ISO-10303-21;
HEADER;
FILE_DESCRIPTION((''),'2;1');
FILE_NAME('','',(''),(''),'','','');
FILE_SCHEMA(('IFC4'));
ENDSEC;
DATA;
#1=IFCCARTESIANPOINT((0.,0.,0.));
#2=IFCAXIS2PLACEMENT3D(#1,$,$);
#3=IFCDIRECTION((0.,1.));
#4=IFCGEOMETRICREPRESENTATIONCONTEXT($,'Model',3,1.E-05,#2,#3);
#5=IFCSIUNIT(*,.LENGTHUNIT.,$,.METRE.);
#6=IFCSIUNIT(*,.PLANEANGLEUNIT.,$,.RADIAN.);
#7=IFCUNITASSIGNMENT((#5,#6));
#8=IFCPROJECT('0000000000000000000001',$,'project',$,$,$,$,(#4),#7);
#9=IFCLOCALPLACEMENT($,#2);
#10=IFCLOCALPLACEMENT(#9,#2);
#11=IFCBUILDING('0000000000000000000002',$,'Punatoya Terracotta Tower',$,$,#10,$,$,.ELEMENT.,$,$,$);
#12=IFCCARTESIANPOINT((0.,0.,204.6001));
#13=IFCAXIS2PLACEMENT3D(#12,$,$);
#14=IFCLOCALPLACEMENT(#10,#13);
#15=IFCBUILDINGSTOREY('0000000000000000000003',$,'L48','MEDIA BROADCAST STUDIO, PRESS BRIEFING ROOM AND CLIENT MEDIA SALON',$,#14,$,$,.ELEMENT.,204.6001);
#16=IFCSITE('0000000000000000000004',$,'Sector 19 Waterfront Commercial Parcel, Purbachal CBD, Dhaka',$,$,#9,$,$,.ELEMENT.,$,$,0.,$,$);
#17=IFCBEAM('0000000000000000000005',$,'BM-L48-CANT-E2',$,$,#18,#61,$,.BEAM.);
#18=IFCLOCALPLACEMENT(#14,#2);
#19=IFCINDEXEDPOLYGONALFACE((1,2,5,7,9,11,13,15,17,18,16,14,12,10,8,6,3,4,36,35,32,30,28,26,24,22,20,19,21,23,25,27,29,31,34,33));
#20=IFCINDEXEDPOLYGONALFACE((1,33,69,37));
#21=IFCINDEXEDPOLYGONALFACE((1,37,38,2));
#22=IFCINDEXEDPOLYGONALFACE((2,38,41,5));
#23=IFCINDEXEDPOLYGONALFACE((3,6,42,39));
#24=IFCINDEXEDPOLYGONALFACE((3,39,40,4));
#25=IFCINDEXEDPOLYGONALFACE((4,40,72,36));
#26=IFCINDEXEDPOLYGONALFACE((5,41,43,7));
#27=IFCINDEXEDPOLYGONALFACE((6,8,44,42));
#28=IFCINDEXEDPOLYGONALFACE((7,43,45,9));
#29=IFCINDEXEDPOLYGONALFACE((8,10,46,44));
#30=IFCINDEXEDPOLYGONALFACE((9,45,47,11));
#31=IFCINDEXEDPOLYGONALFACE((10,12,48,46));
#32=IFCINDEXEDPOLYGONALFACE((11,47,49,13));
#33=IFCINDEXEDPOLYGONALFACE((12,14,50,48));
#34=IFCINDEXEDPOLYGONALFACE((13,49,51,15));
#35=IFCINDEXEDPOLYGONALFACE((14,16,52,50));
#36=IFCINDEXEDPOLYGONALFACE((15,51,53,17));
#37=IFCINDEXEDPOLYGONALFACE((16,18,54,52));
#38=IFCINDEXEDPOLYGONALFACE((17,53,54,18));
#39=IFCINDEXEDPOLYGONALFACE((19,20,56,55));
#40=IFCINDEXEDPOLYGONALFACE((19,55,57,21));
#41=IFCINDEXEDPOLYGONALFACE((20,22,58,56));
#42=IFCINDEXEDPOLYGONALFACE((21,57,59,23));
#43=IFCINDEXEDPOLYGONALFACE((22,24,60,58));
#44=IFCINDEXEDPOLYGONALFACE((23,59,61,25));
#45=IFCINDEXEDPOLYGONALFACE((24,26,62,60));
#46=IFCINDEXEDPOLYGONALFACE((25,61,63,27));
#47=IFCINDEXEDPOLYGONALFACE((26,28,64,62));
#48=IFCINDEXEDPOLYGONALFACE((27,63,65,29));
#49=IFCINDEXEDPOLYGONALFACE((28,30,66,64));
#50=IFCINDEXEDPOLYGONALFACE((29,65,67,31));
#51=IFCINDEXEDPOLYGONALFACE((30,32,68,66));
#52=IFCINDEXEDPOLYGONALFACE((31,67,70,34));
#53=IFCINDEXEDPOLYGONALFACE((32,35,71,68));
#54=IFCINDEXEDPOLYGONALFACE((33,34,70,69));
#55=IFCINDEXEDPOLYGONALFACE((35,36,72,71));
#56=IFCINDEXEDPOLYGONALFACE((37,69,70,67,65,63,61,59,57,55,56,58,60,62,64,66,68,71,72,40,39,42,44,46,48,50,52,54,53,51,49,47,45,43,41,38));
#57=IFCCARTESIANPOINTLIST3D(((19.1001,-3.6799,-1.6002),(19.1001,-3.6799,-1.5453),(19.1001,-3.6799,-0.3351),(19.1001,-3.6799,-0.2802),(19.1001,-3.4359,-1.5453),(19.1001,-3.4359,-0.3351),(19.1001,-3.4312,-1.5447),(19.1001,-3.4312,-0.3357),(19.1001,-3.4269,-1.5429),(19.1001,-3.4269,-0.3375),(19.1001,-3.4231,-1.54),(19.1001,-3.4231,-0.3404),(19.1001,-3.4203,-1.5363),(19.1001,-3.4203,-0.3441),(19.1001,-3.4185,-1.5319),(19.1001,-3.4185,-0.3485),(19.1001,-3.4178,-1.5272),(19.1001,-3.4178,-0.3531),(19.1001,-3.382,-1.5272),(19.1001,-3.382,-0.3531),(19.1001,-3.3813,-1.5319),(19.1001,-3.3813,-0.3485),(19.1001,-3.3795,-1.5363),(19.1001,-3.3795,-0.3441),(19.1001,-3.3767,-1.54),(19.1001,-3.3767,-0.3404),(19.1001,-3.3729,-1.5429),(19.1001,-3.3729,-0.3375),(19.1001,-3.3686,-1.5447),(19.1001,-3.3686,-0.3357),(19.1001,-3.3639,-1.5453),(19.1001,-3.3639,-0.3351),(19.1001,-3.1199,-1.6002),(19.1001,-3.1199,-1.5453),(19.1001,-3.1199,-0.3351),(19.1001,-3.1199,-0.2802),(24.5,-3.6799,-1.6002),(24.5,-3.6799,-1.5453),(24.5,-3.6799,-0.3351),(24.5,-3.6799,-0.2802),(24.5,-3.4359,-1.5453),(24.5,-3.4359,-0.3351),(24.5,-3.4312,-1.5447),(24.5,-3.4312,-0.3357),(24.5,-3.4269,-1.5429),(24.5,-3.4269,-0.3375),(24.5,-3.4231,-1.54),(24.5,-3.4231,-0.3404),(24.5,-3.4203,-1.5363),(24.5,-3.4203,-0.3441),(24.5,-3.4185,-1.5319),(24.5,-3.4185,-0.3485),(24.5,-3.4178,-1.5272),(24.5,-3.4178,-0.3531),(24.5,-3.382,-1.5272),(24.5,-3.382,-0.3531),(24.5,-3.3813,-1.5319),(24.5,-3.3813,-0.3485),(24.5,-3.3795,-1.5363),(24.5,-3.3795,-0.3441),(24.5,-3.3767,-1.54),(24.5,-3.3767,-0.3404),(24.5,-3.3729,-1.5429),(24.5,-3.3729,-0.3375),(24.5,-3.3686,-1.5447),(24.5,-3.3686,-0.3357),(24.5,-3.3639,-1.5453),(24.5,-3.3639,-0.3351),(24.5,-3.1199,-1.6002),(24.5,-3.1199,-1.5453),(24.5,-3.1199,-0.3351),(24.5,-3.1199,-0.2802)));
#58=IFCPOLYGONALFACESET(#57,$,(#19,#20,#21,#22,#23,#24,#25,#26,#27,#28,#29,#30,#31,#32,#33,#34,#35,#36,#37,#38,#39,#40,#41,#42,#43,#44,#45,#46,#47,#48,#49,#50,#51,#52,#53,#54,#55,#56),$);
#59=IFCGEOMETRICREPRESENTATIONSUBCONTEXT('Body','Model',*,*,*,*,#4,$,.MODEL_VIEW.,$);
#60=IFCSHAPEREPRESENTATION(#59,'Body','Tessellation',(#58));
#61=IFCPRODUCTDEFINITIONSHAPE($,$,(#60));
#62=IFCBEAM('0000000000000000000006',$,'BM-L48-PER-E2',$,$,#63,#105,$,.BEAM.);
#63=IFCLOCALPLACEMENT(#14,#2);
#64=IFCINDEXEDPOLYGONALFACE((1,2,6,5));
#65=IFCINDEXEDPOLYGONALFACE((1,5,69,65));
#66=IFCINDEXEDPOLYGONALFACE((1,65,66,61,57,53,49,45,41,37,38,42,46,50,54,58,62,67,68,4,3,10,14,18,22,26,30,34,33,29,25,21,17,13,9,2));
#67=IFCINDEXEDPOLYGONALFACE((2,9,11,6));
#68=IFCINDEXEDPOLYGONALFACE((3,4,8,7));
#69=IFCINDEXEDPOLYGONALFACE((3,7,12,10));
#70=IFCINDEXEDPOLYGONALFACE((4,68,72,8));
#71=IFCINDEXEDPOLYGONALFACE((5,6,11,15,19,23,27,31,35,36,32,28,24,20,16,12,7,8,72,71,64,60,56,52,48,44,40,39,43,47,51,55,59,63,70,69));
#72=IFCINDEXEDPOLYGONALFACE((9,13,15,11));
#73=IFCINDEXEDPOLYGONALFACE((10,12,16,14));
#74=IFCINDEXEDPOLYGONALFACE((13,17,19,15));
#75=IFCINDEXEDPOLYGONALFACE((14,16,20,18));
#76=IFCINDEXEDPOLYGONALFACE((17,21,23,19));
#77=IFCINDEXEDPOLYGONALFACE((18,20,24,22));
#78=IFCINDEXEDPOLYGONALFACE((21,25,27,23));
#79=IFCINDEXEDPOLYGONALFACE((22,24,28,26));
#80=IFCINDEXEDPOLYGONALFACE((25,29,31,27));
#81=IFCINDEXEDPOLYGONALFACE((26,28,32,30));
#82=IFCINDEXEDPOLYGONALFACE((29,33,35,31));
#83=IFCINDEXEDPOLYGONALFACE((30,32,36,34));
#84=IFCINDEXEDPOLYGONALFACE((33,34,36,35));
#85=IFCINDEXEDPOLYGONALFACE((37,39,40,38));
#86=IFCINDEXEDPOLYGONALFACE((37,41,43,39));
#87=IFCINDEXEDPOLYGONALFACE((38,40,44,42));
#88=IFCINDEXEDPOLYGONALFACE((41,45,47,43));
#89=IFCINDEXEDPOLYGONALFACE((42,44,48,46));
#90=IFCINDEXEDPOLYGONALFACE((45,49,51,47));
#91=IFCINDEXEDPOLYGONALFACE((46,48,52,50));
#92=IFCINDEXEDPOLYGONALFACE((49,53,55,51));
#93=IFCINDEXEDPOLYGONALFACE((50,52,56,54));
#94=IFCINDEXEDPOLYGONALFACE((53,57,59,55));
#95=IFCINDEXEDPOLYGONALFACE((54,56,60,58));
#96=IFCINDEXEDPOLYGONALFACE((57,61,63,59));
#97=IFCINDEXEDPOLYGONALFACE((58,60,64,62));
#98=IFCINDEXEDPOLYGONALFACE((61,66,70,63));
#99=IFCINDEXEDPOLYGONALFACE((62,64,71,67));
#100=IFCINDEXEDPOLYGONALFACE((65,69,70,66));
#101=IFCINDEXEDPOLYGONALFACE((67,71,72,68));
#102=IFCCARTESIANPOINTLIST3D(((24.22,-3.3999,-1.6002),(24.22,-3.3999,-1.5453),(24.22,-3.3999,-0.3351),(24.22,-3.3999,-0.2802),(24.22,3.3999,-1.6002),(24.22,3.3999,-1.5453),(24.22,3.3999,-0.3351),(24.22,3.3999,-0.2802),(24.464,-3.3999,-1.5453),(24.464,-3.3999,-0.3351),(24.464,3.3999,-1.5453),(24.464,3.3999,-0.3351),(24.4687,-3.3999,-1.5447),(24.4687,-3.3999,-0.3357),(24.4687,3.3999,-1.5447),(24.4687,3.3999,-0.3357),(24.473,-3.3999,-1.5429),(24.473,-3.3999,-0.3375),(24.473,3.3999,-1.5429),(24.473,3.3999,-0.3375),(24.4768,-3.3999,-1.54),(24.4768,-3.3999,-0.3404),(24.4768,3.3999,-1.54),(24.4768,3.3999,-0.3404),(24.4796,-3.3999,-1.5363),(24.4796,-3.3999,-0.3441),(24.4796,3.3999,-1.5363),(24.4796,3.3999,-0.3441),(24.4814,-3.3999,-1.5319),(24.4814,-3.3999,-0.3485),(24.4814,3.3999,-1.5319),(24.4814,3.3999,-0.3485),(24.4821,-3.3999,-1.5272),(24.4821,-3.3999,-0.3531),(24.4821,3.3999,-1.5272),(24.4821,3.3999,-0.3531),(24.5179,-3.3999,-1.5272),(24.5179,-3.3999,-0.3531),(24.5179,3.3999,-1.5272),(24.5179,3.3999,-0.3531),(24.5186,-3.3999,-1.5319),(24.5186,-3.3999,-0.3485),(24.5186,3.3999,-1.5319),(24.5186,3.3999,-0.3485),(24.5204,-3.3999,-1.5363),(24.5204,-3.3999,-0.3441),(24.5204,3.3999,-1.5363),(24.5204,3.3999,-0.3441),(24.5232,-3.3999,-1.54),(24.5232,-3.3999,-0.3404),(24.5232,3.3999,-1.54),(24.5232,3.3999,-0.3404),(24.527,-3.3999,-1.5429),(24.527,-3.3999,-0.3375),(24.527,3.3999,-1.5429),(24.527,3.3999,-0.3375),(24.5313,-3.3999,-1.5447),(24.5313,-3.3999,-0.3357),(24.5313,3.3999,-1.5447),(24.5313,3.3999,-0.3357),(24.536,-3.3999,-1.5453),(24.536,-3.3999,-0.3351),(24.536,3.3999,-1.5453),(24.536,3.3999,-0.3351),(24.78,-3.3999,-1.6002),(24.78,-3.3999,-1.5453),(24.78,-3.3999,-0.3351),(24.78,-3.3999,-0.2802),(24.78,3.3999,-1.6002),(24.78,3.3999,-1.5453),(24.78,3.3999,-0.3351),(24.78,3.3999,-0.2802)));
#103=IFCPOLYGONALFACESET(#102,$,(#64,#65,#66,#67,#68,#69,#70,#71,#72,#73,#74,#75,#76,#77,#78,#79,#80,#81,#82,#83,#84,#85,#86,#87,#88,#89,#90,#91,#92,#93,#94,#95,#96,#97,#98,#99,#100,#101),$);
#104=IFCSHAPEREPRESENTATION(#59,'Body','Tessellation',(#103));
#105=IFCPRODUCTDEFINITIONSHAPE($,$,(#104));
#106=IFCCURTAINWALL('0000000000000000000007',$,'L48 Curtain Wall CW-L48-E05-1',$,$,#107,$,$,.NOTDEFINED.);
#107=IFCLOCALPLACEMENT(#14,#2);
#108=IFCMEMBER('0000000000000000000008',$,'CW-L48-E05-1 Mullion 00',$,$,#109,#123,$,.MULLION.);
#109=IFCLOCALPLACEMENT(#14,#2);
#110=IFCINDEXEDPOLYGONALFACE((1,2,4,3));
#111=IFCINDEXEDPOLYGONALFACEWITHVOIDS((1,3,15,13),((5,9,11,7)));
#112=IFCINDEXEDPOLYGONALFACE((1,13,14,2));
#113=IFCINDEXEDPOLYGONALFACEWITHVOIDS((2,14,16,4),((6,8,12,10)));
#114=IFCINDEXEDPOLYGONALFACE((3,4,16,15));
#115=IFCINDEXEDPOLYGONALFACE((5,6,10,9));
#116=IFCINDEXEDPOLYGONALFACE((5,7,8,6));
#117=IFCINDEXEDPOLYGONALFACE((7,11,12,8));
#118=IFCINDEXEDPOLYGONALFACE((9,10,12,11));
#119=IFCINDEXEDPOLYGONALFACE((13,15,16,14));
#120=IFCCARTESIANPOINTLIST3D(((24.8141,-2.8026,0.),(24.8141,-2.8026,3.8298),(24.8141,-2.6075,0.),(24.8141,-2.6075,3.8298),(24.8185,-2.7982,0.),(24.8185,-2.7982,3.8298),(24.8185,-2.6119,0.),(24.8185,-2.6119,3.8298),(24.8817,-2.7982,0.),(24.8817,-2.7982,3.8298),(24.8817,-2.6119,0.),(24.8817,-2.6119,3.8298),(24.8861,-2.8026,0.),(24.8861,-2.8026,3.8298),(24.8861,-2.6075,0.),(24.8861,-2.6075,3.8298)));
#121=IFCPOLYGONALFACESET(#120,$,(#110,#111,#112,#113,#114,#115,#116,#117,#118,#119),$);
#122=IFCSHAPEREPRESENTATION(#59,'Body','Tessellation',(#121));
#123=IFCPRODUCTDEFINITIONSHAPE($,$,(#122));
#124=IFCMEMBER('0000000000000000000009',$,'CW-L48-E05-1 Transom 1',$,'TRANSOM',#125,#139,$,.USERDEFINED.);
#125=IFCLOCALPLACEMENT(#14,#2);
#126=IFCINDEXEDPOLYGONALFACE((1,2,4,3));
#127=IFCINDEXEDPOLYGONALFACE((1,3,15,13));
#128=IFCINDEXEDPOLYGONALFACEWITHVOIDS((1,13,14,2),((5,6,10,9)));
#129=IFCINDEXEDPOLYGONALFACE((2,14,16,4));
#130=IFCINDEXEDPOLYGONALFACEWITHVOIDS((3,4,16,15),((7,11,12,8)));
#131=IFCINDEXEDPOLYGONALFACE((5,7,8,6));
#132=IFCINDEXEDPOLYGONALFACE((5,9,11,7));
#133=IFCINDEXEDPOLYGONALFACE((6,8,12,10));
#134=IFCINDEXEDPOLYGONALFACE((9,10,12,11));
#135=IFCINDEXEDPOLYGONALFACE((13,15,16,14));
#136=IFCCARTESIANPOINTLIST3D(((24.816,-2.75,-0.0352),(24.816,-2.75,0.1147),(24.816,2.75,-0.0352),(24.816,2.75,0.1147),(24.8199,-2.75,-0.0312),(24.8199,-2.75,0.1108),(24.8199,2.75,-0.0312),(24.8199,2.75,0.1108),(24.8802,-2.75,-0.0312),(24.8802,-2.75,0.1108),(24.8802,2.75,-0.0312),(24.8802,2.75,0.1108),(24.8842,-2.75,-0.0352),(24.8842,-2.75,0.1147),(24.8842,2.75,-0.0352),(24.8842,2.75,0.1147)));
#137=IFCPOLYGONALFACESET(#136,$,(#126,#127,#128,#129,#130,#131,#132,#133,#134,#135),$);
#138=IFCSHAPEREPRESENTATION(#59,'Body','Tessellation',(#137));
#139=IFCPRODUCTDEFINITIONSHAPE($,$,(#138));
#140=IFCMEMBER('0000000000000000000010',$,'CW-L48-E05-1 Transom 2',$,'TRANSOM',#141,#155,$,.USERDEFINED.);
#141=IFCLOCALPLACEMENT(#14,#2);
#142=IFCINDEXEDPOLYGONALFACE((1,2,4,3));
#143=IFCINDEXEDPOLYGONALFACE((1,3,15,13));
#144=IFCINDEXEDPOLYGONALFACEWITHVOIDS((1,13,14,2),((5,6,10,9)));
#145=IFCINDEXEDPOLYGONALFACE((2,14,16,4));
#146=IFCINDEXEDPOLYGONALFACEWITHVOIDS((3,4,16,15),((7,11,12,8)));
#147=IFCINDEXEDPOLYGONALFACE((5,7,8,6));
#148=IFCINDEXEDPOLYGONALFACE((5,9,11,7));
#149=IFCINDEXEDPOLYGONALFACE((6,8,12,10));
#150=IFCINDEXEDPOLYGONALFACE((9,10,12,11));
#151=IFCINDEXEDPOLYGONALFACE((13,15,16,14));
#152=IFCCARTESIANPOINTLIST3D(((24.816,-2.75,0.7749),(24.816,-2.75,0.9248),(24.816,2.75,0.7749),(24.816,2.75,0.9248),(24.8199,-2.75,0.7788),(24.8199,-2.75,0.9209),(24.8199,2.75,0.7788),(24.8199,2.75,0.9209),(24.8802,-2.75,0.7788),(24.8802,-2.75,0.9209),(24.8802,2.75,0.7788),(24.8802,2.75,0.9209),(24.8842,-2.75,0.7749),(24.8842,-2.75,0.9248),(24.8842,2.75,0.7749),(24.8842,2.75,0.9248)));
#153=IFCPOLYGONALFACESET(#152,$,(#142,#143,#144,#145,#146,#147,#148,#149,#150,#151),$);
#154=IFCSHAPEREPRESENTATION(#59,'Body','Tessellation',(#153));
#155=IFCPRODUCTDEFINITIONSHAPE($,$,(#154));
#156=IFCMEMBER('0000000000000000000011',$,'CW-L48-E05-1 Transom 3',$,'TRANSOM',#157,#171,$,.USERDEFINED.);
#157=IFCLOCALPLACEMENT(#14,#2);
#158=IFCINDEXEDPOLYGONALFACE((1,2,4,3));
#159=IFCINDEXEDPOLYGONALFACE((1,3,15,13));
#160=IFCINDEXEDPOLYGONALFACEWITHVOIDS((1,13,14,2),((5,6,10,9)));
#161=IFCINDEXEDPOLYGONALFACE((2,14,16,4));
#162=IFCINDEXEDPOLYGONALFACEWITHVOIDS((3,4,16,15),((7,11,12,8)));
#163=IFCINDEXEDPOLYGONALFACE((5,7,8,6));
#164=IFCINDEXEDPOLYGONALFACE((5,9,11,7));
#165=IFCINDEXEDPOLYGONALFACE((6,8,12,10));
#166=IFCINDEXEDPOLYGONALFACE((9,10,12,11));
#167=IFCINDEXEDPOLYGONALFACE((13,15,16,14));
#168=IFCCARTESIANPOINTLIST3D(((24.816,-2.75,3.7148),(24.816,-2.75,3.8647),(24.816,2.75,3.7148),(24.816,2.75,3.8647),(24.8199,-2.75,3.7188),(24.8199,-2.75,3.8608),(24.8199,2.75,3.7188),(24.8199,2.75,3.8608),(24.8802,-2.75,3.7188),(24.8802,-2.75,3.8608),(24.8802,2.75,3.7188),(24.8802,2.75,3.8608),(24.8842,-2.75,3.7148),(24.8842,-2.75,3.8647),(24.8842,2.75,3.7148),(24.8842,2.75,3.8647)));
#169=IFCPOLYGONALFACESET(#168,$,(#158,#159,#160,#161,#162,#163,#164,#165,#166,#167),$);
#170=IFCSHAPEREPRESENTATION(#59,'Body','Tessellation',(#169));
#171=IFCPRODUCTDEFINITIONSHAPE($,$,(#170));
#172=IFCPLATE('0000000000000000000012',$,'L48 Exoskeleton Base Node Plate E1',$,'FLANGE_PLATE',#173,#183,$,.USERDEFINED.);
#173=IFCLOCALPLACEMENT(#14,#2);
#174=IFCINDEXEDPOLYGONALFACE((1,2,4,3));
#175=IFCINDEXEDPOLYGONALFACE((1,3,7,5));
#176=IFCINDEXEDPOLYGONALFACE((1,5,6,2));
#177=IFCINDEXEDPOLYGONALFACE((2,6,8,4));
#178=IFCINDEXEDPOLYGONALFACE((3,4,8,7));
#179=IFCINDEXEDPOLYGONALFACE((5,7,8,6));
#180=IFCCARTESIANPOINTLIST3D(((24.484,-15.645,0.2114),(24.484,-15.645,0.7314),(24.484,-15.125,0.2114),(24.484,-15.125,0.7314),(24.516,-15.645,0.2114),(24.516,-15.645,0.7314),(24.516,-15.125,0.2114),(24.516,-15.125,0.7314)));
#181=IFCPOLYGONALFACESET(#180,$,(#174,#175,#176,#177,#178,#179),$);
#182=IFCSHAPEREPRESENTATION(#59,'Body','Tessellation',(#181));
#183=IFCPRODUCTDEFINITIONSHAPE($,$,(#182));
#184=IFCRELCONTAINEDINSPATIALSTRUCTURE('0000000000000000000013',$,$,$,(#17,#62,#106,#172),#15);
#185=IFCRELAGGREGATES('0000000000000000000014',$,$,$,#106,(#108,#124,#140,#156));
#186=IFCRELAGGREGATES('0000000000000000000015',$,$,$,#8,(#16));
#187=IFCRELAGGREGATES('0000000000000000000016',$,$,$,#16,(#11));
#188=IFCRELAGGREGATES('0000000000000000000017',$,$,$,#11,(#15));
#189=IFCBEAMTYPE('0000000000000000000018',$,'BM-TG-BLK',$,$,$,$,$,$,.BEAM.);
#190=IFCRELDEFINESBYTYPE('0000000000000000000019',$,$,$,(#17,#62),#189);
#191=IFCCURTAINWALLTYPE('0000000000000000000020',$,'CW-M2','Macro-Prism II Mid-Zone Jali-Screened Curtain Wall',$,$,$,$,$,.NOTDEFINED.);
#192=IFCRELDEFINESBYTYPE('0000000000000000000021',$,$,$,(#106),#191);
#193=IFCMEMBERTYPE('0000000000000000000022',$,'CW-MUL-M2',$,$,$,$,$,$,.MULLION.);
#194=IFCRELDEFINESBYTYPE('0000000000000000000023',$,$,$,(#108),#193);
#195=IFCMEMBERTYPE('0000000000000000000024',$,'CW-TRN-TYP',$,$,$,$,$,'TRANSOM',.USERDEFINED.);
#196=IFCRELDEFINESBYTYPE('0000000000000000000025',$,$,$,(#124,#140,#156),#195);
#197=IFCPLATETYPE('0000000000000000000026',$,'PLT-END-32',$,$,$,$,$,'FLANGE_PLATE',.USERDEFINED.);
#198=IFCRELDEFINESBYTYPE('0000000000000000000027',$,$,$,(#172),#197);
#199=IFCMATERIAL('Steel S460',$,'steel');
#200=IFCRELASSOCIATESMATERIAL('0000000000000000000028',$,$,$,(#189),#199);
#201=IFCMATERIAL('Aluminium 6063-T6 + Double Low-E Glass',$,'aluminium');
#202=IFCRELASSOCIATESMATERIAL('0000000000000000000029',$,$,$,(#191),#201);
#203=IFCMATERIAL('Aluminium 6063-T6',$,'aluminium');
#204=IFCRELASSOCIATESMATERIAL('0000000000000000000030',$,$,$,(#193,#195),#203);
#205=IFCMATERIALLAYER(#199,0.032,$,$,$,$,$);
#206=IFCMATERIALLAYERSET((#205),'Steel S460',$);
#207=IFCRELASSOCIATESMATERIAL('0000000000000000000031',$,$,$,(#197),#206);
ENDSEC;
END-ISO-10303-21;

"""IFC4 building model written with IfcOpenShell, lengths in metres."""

from ifc_helpers import new_model, si_unit, direction, frame, origin, origin_2d, place, context, subcontext, project, spatial, rectangle, hollow_rectangle, i_section, extrude, material, layer, layer_set, material_profile, profile_set, type_object, element, aggregate, save


model = new_model("IFC4")

# Units and contexts
model_context = context("Model", 3, precision=1e-05, world=origin(), true_north=direction((0.0, 1.0)))
body_context = subcontext(model_context, "Body", "Model", "MODEL_VIEW")
ifc_project = project(units=[si_unit("LENGTHUNIT", "METRE"), si_unit("PLANEANGLEUNIT", "RADIAN")], contexts=[model_context])

# Site, building, storey
site_placement = place(None, origin())
site = spatial("IfcSite", under=ifc_project, at=site_placement, Name="Sector 19 Waterfront Commercial Parcel, Purbachal CBD, Dhaka", CompositionType="ELEMENT", RefElevation=0.0)
building_placement = place(site_placement, origin())
building = spatial("IfcBuilding", under=site, at=building_placement, Name="Punatoya Terracotta Tower", CompositionType="ELEMENT")
storey_placement = place(building_placement, frame((0.0, 0.0, 204.6001)))
storey = spatial("IfcBuildingStorey", under=building, at=storey_placement, Name="L48", Description="MEDIA BROADCAST STUDIO, PRESS BRIEFING ROOM AND CLIENT MEDIA SALON", CompositionType="ELEMENT", Elevation=204.6001)

# Shared definitions
ifc_material_1 = material(Name="Steel S460", Category="steel")

# Beams
ifc_material_profile_1 = material_profile(ifc_material_1, i_section(OverallWidth=0.5601, OverallDepth=1.3201, WebThickness=0.0359, FlangeThickness=0.0549, FilletRadius=0.0181, at=origin_2d()))
ifc_profile_set_1 = profile_set([ifc_material_profile_1], Name="Steel S460")
beam_type = type_object("IfcBeamType", Name="BM-TG-BLK", PredefinedType="BEAM", material=ifc_profile_set_1)
beam_1_placement = place(storey_placement, frame((19.1001, -3.3999, -0.9402), z_axis=(1.0, 0.0, 0.0), x_axis=(0.0, 1.0, 0.0)))
element("IfcBeam", 1, at=beam_1_placement, inside=storey, type_object=beam_type, Name="BM-L48-CANT-E2", PredefinedType="BEAM", context=body_context, shape_type="SweptSolid", body=[
    extrude(i_section(OverallWidth=0.5601, OverallDepth=1.3201, WebThickness=0.0359, FlangeThickness=0.0549, FilletRadius=0.0181, at=origin_2d()), origin(), (0.0, 0.0, 1.0), 5.3999),
])
beam_2_placement = place(storey_placement, frame((24.5, -3.3999, -0.9402), z_axis=(0.0, 1.0, 0.0), x_axis=(-1.0, 0.0, 0.0)))
element("IfcBeam", 2, at=beam_2_placement, inside=storey, type_object=beam_type, Name="BM-L48-PER-E2", PredefinedType="BEAM", context=body_context, shape_type="SweptSolid", body=[
    extrude(i_section(OverallWidth=0.5601, OverallDepth=1.3201, WebThickness=0.0359, FlangeThickness=0.0549, FilletRadius=0.0181, at=origin_2d()), origin(), (0.0, 0.0, 1.0), 6.7998),
])

# Curtain wall, members
ifc_material_2 = material(Name="Aluminium 6063-T6 + Double Low-E Glass", Category="aluminium")
curtain_wall_type = type_object("IfcCurtainWallType", Name="CW-M2", Description="Macro-Prism II Mid-Zone Jali-Screened Curtain Wall", PredefinedType="NOTDEFINED", material=ifc_material_2)
curtain_wall_placement = place(storey_placement, origin())
curtain_wall = element("IfcCurtainWall", 3, at=curtain_wall_placement, inside=storey, type_object=curtain_wall_type, Name="L48 Curtain Wall CW-L48-E05-1", PredefinedType="NOTDEFINED")
ifc_material_3 = material(Name="Aluminium 6063-T6", Category="aluminium")
ifc_material_profile_2 = material_profile(ifc_material_3, hollow_rectangle(XDim=0.072, YDim=0.1951, WallThickness=0.0044, at=origin_2d()))
ifc_profile_set_2 = profile_set([ifc_material_profile_2], Name="Aluminium 6063-T6")
member_type_1 = type_object("IfcMemberType", Name="CW-MUL-M2", PredefinedType="MULLION", material=ifc_profile_set_2)
member_1_placement = place(storey_placement, frame((24.8501, -2.7051, 0.0), z_axis=(0.0, 0.0, 1.0), x_axis=(1.0, 0.0, 0.0)))
member_1 = element("IfcMember", 4, at=member_1_placement, type_object=member_type_1, Name="CW-L48-E05-1 Mullion 00", PredefinedType="MULLION", context=body_context, shape_type="SweptSolid", body=[
    extrude(hollow_rectangle(XDim=0.072, YDim=0.1951, WallThickness=0.0044, at=origin_2d()), origin(), (0.0, 0.0, 1.0), 3.8298),
])
ifc_material_profile_3 = material_profile(ifc_material_3, hollow_rectangle(XDim=0.0681, YDim=0.1499, WallThickness=0.0039, at=origin_2d()))
ifc_profile_set_3 = profile_set([ifc_material_profile_3], Name="Aluminium 6063-T6")
member_type_2 = type_object("IfcMemberType", Name="CW-TRN-TYP", ElementType="TRANSOM", PredefinedType="USERDEFINED", material=ifc_profile_set_3)
member_2_placement = place(storey_placement, frame((24.8501, -2.75, 0.0398), z_axis=(0.0, 1.0, 0.0), x_axis=(-1.0, 0.0, 0.0)))
member_2 = element("IfcMember", 5, at=member_2_placement, type_object=member_type_2, Name="CW-L48-E05-1 Transom 1", ObjectType="TRANSOM", PredefinedType="USERDEFINED", context=body_context, shape_type="SweptSolid", body=[
    extrude(hollow_rectangle(XDim=0.0681, YDim=0.1499, WallThickness=0.0039, at=origin_2d()), origin(), (0.0, 0.0, 1.0), 5.5),
])
member_3_placement = place(storey_placement, frame((24.8501, -2.75, 0.8499), z_axis=(0.0, 1.0, 0.0), x_axis=(-1.0, 0.0, 0.0)))
member_3 = element("IfcMember", 6, at=member_3_placement, type_object=member_type_2, Name="CW-L48-E05-1 Transom 2", ObjectType="TRANSOM", PredefinedType="USERDEFINED", context=body_context, shape_type="SweptSolid", body=[
    extrude(hollow_rectangle(XDim=0.0681, YDim=0.1499, WallThickness=0.0039, at=origin_2d()), origin(), (0.0, 0.0, 1.0), 5.5),
])
member_4_placement = place(storey_placement, frame((24.8501, -2.75, 3.7898), z_axis=(0.0, 1.0, 0.0), x_axis=(-1.0, 0.0, 0.0)))
member_4 = element("IfcMember", 7, at=member_4_placement, type_object=member_type_2, Name="CW-L48-E05-1 Transom 3", ObjectType="TRANSOM", PredefinedType="USERDEFINED", context=body_context, shape_type="SweptSolid", body=[
    extrude(hollow_rectangle(XDim=0.0681, YDim=0.1499, WallThickness=0.0039, at=origin_2d()), origin(), (0.0, 0.0, 1.0), 5.5),
])

# Plate
ifc_layer_1 = layer(ifc_material_1, 0.032)
ifc_layer_set_1 = layer_set([ifc_layer_1], Name="Steel S460")
plate_type_1 = type_object("IfcPlateType", Name="PLT-END-32", ElementType="FLANGE_PLATE", PredefinedType="USERDEFINED", material=ifc_layer_set_1)
plate_1_placement = place(storey_placement, frame((24.5, -15.385, 0.2114), z_axis=(0.0, 0.0, 1.0), x_axis=(0.0, 1.0, 0.0)))
element("IfcPlate", 8, at=plate_1_placement, inside=storey, type_object=plate_type_1, Name="L48 Exoskeleton Base Node Plate E1", ObjectType="FLANGE_PLATE", PredefinedType="USERDEFINED", context=body_context, shape_type="SweptSolid", body=[
    extrude(rectangle(XDim=0.52, YDim=0.032, at=origin_2d()), origin(), (0.0, 0.0, 1.0), 0.52),
])
aggregate(curtain_wall, [member_1, member_2, member_3, member_4])

save(model, "model.ifc")
